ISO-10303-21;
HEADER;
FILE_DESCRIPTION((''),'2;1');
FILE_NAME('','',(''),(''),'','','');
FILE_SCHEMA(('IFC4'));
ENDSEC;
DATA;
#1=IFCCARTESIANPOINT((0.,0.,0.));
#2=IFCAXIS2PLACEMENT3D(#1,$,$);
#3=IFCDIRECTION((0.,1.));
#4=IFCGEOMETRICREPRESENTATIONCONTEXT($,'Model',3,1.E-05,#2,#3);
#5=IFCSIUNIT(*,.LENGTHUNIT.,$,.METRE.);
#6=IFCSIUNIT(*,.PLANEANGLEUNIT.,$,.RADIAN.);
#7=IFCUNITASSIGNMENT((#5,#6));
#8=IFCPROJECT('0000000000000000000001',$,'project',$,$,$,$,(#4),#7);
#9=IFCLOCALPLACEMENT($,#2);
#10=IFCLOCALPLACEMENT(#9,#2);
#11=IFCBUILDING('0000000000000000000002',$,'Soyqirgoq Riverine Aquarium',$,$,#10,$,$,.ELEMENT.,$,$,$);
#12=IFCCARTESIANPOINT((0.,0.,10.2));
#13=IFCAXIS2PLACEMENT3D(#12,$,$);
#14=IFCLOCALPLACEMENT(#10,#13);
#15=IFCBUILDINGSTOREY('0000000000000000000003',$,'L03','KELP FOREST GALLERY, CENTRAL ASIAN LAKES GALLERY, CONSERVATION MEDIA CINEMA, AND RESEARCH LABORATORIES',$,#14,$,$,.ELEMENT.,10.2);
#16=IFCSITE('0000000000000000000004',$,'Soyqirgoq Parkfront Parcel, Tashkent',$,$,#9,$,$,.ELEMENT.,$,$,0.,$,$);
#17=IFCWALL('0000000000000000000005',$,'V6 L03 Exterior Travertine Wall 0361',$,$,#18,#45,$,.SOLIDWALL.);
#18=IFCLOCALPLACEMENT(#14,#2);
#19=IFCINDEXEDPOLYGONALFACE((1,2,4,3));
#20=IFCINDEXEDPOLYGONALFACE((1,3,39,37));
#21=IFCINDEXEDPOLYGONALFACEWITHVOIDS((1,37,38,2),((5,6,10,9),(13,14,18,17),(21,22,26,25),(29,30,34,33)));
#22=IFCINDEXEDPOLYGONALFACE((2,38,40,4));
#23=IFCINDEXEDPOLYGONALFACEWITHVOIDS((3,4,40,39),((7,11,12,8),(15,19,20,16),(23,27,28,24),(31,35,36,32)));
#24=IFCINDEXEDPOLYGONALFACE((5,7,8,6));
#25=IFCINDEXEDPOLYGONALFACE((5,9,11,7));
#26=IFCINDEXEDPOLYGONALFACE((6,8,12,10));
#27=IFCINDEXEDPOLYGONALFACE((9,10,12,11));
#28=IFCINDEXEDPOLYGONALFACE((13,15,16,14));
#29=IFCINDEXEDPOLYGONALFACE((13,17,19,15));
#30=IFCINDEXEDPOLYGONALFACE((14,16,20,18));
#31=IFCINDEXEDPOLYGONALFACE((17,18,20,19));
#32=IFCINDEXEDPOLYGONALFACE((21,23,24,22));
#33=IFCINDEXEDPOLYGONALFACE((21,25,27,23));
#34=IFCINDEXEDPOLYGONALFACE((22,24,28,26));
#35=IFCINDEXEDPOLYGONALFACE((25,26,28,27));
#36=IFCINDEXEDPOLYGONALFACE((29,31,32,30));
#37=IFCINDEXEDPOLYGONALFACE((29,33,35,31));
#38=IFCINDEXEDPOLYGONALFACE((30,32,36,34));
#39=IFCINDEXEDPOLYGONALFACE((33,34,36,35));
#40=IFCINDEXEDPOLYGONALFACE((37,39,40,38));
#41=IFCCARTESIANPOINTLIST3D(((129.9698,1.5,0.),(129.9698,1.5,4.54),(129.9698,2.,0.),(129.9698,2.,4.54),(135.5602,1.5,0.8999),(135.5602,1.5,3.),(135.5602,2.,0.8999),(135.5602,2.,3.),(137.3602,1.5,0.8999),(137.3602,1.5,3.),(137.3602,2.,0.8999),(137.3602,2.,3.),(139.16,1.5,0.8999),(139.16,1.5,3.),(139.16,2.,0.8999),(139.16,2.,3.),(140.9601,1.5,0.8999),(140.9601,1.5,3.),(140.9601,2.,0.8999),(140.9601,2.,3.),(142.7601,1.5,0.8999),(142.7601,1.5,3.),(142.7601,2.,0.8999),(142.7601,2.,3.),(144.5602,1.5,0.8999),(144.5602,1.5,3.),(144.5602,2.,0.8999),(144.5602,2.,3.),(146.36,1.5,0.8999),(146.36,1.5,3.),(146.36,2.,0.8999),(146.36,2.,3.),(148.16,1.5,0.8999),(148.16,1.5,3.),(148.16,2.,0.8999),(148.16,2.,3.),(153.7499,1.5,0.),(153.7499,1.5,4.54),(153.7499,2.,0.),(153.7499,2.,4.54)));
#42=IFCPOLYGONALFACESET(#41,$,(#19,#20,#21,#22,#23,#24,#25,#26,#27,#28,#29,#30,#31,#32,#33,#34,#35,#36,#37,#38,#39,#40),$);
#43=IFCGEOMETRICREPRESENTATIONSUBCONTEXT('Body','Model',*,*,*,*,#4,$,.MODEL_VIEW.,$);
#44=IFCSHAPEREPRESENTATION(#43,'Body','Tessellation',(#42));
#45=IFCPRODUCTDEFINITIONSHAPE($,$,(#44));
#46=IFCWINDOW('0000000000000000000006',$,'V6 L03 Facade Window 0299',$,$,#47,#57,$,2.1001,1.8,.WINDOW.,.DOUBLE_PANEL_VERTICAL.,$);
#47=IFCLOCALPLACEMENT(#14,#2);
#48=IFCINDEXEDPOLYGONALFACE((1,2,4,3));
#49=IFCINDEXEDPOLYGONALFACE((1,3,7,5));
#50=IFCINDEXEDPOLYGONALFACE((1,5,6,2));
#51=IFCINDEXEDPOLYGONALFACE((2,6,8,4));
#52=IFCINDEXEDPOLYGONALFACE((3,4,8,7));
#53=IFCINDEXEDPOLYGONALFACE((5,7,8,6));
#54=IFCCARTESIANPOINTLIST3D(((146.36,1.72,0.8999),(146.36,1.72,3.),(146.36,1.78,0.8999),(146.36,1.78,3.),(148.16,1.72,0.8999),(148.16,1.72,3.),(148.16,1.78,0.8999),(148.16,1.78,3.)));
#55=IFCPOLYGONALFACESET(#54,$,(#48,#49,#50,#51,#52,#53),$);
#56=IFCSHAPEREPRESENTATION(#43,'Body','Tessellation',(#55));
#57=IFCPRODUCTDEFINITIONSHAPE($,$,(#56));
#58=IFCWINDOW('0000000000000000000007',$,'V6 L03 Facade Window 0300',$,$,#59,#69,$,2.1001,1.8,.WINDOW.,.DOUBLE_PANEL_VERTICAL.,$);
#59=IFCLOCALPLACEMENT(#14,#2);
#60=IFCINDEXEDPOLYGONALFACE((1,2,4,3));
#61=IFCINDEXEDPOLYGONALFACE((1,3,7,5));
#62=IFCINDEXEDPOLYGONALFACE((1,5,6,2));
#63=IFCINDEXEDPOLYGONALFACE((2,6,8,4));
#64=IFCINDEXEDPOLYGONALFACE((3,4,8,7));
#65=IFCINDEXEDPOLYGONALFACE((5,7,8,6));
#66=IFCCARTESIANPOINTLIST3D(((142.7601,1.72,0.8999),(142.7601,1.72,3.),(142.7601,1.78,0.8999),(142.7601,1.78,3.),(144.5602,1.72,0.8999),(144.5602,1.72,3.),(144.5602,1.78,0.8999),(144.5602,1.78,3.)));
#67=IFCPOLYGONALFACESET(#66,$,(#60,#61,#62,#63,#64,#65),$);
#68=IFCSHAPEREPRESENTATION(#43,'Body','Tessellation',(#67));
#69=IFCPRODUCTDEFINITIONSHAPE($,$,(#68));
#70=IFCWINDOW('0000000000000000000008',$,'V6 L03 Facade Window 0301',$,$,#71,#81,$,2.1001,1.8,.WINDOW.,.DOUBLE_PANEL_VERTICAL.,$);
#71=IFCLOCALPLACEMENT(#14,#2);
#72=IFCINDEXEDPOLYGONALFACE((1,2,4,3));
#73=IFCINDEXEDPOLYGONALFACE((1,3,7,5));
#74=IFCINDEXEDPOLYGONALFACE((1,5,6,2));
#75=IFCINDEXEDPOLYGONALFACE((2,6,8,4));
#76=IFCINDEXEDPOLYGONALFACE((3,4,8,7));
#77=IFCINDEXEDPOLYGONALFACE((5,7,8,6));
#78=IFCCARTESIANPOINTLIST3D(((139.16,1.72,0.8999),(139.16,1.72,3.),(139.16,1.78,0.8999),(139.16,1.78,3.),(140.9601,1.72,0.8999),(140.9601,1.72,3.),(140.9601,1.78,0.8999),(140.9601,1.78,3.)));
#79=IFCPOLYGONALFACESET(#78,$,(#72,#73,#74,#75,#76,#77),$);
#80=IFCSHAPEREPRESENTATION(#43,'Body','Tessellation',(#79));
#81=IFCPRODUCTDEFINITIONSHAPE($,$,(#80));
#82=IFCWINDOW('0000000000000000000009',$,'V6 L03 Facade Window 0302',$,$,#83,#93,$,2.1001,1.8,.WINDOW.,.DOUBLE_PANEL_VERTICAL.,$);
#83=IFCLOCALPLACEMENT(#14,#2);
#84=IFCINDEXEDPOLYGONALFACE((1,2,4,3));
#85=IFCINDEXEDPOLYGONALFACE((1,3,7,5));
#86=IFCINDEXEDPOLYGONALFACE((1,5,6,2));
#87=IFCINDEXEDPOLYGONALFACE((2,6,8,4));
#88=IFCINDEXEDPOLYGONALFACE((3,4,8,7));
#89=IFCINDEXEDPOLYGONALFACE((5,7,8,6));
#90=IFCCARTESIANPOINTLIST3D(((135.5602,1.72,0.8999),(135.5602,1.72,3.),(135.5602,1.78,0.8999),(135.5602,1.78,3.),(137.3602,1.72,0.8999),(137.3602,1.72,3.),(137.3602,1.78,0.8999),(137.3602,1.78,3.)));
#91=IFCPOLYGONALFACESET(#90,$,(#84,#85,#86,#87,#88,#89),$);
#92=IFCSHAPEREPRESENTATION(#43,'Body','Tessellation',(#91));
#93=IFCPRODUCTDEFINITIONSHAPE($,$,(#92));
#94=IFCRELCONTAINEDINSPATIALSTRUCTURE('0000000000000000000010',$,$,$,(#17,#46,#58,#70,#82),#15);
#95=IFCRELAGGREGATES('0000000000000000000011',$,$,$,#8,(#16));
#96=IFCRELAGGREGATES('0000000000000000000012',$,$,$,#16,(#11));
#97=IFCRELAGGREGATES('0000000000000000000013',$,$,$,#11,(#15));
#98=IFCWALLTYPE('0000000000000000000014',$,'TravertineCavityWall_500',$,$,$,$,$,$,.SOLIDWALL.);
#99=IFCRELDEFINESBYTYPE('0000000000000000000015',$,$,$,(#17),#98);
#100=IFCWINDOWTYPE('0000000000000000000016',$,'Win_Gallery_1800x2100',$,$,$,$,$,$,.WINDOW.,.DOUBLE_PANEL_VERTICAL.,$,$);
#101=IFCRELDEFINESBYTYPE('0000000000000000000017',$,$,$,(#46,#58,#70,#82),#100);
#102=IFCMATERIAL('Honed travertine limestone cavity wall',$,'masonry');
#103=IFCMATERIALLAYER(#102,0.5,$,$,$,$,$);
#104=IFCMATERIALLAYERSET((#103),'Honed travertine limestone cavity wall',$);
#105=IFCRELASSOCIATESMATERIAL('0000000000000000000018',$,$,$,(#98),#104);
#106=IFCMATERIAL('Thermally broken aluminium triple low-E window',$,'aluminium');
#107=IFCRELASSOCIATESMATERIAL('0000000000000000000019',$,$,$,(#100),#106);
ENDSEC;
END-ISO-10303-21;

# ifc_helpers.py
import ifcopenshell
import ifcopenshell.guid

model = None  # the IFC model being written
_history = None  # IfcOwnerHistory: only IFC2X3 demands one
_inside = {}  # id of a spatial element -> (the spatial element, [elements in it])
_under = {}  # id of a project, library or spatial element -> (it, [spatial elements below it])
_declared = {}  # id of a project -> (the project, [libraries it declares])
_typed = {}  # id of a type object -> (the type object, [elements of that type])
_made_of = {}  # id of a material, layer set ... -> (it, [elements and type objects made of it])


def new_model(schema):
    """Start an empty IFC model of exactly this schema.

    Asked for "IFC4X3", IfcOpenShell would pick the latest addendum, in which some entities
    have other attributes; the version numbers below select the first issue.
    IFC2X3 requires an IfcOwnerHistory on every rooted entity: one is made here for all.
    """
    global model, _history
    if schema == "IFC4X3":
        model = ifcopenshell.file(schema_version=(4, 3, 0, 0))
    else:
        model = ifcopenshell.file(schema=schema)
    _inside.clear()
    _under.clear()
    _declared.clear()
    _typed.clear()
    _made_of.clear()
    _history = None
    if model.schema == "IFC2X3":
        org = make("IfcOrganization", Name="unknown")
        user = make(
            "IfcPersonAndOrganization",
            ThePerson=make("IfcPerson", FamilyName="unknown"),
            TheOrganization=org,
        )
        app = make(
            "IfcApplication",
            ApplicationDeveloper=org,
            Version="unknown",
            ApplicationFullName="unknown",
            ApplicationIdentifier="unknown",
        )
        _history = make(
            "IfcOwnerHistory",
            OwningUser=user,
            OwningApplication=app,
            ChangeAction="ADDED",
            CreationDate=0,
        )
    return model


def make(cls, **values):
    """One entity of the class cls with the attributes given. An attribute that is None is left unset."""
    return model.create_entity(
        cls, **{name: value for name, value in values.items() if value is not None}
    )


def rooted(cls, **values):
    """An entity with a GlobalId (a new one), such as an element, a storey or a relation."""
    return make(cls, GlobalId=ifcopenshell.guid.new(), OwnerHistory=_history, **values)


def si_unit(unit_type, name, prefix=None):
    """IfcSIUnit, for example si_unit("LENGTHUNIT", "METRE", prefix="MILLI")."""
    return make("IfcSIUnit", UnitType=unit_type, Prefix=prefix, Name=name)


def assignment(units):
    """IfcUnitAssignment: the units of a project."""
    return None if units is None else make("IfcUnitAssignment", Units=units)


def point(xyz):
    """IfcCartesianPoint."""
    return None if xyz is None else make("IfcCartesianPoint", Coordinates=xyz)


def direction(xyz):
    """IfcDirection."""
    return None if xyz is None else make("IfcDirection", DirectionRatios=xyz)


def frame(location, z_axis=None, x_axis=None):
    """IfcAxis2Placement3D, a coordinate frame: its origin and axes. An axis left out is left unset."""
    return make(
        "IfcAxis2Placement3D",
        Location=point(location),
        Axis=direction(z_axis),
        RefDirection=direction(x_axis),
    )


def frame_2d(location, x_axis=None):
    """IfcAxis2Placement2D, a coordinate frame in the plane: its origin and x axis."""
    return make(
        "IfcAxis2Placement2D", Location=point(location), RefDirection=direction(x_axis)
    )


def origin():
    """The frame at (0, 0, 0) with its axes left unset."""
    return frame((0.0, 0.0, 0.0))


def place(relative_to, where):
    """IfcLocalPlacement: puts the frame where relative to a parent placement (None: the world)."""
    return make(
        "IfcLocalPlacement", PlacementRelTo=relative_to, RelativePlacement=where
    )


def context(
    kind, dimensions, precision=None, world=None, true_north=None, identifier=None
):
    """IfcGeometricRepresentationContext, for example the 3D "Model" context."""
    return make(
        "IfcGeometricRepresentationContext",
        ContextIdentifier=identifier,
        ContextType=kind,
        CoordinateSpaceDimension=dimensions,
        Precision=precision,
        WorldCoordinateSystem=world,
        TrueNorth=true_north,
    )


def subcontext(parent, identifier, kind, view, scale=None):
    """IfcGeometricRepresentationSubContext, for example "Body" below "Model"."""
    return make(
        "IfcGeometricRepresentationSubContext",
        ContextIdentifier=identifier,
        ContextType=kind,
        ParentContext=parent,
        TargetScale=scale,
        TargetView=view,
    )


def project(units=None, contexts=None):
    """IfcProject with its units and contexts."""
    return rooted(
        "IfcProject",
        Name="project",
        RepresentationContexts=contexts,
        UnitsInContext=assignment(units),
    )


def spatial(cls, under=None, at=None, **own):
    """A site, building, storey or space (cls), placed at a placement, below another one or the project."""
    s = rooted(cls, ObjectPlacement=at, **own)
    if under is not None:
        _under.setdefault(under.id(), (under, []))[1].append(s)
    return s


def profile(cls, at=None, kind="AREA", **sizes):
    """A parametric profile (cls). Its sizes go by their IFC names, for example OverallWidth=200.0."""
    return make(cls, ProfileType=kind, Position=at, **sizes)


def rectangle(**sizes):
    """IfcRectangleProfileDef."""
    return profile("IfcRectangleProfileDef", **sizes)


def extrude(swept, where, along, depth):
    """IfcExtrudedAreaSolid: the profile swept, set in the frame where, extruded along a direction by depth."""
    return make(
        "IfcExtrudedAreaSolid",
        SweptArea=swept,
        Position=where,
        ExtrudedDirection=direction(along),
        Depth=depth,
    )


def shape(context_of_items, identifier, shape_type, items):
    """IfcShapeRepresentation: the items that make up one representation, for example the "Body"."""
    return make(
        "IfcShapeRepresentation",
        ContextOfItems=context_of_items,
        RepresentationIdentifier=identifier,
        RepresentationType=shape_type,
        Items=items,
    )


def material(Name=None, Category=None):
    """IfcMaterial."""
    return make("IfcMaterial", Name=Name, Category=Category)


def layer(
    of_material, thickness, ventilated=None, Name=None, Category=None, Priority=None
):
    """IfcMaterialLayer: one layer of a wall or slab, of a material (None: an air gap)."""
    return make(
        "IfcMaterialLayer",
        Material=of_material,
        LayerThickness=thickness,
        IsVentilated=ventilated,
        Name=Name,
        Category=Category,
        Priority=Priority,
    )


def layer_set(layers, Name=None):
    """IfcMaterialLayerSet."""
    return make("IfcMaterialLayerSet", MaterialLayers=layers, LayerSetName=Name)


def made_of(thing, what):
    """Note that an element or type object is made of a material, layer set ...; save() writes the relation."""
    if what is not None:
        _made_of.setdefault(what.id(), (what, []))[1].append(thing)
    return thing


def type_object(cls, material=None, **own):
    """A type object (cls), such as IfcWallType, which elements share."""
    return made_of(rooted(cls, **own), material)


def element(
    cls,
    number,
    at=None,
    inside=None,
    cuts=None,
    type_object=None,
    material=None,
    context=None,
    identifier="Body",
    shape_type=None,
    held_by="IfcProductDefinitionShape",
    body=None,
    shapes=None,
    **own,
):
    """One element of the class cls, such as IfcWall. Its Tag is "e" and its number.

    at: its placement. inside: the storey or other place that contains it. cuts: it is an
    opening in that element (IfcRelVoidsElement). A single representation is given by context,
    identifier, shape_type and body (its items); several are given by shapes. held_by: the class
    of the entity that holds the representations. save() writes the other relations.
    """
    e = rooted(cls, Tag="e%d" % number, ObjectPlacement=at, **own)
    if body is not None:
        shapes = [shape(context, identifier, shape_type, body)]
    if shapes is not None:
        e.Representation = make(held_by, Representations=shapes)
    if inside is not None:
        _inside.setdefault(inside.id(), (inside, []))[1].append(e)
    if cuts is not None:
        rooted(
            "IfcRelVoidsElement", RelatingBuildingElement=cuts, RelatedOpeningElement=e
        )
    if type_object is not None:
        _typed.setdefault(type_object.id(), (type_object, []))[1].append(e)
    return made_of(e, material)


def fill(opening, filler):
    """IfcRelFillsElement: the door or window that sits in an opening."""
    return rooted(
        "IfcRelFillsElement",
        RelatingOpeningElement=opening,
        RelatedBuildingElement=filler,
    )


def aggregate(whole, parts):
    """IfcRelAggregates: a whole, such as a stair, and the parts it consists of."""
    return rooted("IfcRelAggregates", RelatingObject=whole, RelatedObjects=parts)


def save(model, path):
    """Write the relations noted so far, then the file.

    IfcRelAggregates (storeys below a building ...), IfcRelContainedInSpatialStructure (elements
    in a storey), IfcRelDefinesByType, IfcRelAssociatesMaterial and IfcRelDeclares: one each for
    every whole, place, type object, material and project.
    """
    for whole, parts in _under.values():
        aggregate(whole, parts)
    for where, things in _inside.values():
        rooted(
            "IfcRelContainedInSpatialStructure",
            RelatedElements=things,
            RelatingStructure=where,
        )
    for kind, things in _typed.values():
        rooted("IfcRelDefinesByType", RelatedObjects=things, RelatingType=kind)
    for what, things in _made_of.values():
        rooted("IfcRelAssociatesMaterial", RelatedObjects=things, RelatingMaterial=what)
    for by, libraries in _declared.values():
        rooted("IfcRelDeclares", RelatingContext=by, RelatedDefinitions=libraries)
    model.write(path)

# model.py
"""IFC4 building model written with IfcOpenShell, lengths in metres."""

from ifc_helpers import new_model, si_unit, direction, frame, frame_2d, origin, place, context, subcontext, project, spatial, rectangle, extrude, material, layer, layer_set, type_object, element, fill, save


model = new_model("IFC4")

# Units and contexts
model_context = context("Model", 3, precision=1e-05, world=origin(), true_north=direction((0.0, 1.0)))
body_context = subcontext(model_context, "Body", "Model", "MODEL_VIEW")
ifc_project = project(units=[si_unit("LENGTHUNIT", "METRE"), si_unit("PLANEANGLEUNIT", "RADIAN")], contexts=[model_context])

# Site, building, storey
site_placement = place(None, origin())
site = spatial("IfcSite", under=ifc_project, at=site_placement, Name="Soyqirgoq Parkfront Parcel, Tashkent", CompositionType="ELEMENT", RefElevation=0.0)
building_placement = place(site_placement, origin())
building = spatial("IfcBuilding", under=site, at=building_placement, Name="Soyqirgoq Riverine Aquarium", CompositionType="ELEMENT")
storey_placement = place(building_placement, frame((0.0, 0.0, 10.2)))
storey = spatial("IfcBuildingStorey", under=building, at=storey_placement, Name="L03", Description="KELP FOREST GALLERY, CENTRAL ASIAN LAKES GALLERY, CONSERVATION MEDIA CINEMA, AND RESEARCH LABORATORIES", CompositionType="ELEMENT", Elevation=10.2)

# Wall, openings, windows
ifc_material_1 = material(Name="Honed travertine limestone cavity wall", Category="masonry")
ifc_layer_1 = layer(ifc_material_1, 0.5)
ifc_layer_set_1 = layer_set([ifc_layer_1], Name="Honed travertine limestone cavity wall")
wall_type_1 = type_object("IfcWallType", Name="TravertineCavityWall_500", PredefinedType="SOLIDWALL", material=ifc_layer_set_1)
wall_1_placement = place(storey_placement, frame((153.75, 1.75, 0.0), z_axis=(0.0, 0.0, 1.0), x_axis=(-1.0, 0.0, 0.0)))
wall_1 = element("IfcWall", 1, at=wall_1_placement, inside=storey, type_object=wall_type_1, Name="V6 L03 Exterior Travertine Wall 0361", PredefinedType="SOLIDWALL", context=body_context, shape_type="SweptSolid", body=[
    extrude(rectangle(XDim=23.78, YDim=0.5, at=frame_2d((11.8901, 0.0))), origin(), (0.0, 0.0, 1.0), 4.54),
])
opening_1_placement = place(wall_1_placement, frame((5.5901, 0.0, 0.8999)))
opening_1 = element("IfcOpeningElement", 2, at=opening_1_placement, cuts=wall_1, PredefinedType="OPENING", context=body_context, shape_type="SweptSolid", body=[
    extrude(rectangle(XDim=1.8, YDim=2.1001, at=frame_2d((0.8999, 1.05))), frame((0.0, 0.26, 0.0), z_axis=(0.0, -1.0, 0.0), x_axis=(1.0, 0.0, 0.0)), (0.0, 0.0, 1.0), 0.52),
])
opening_2_placement = place(wall_1_placement, frame((9.1899, 0.0, 0.8999)))
opening_2 = element("IfcOpeningElement", 3, at=opening_2_placement, cuts=wall_1, PredefinedType="OPENING", context=body_context, shape_type="SweptSolid", body=[
    extrude(rectangle(XDim=1.8, YDim=2.1001, at=frame_2d((0.8999, 1.05))), frame((0.0, 0.26, 0.0), z_axis=(0.0, -1.0, 0.0), x_axis=(1.0, 0.0, 0.0)), (0.0, 0.0, 1.0), 0.52),
])
opening_3_placement = place(wall_1_placement, frame((12.79, 0.0, 0.8999)))
opening_3 = element("IfcOpeningElement", 4, at=opening_3_placement, cuts=wall_1, PredefinedType="OPENING", context=body_context, shape_type="SweptSolid", body=[
    extrude(rectangle(XDim=1.8, YDim=2.1001, at=frame_2d((0.8999, 1.05))), frame((0.0, 0.26, 0.0), z_axis=(0.0, -1.0, 0.0), x_axis=(1.0, 0.0, 0.0)), (0.0, 0.0, 1.0), 0.52),
])
opening_4_placement = place(wall_1_placement, frame((16.3899, 0.0, 0.8999)))
opening_4 = element("IfcOpeningElement", 5, at=opening_4_placement, cuts=wall_1, PredefinedType="OPENING", context=body_context, shape_type="SweptSolid", body=[
    extrude(rectangle(XDim=1.8, YDim=2.1001, at=frame_2d((0.8999, 1.05))), frame((0.0, 0.26, 0.0), z_axis=(0.0, -1.0, 0.0), x_axis=(1.0, 0.0, 0.0)), (0.0, 0.0, 1.0), 0.52),
])
ifc_material_2 = material(Name="Thermally broken aluminium triple low-E window", Category="aluminium")
window_type = type_object("IfcWindowType", Name="Win_Gallery_1800x2100", PartitioningType="DOUBLE_PANEL_VERTICAL", PredefinedType="WINDOW", material=ifc_material_2)
window_1_placement = place(opening_1_placement, origin())
window_1 = element("IfcWindow", 6, at=window_1_placement, inside=storey, type_object=window_type, Name="V6 L03 Facade Window 0299", OverallHeight=2.1001, OverallWidth=1.8, PartitioningType="DOUBLE_PANEL_VERTICAL", PredefinedType="WINDOW", context=body_context, shape_type="SweptSolid", body=[
    extrude(rectangle(XDim=1.8, YDim=2.1001, at=frame_2d((0.8999, 1.05))), frame((0.0, 0.03, 0.0), z_axis=(0.0, -1.0, 0.0), x_axis=(1.0, 0.0, 0.0)), (0.0, 0.0, 1.0), 0.0601),
])
fill(opening_1, window_1)
window_2_placement = place(opening_2_placement, origin())
window_2 = element("IfcWindow", 7, at=window_2_placement, inside=storey, type_object=window_type, Name="V6 L03 Facade Window 0300", OverallHeight=2.1001, OverallWidth=1.8, PartitioningType="DOUBLE_PANEL_VERTICAL", PredefinedType="WINDOW", context=body_context, shape_type="SweptSolid", body=[
    extrude(rectangle(XDim=1.8, YDim=2.1001, at=frame_2d((0.8999, 1.05))), frame((0.0, 0.03, 0.0), z_axis=(0.0, -1.0, 0.0), x_axis=(1.0, 0.0, 0.0)), (0.0, 0.0, 1.0), 0.0601),
])
fill(opening_2, window_2)
window_3_placement = place(opening_3_placement, origin())
window_3 = element("IfcWindow", 8, at=window_3_placement, inside=storey, type_object=window_type, Name="V6 L03 Facade Window 0301", OverallHeight=2.1001, OverallWidth=1.8, PartitioningType="DOUBLE_PANEL_VERTICAL", PredefinedType="WINDOW", context=body_context, shape_type="SweptSolid", body=[
    extrude(rectangle(XDim=1.8, YDim=2.1001, at=frame_2d((0.8999, 1.05))), frame((0.0, 0.03, 0.0), z_axis=(0.0, -1.0, 0.0), x_axis=(1.0, 0.0, 0.0)), (0.0, 0.0, 1.0), 0.0601),
])
fill(opening_3, window_3)
window_4_placement = place(opening_4_placement, origin())
window_4 = element("IfcWindow", 9, at=window_4_placement, inside=storey, type_object=window_type, Name="V6 L03 Facade Window 0302", OverallHeight=2.1001, OverallWidth=1.8, PartitioningType="DOUBLE_PANEL_VERTICAL", PredefinedType="WINDOW", context=body_context, shape_type="SweptSolid", body=[
    extrude(rectangle(XDim=1.8, YDim=2.1001, at=frame_2d((0.8999, 1.05))), frame((0.0, 0.03, 0.0), z_axis=(0.0, -1.0, 0.0), x_axis=(1.0, 0.0, 0.0)), (0.0, 0.0, 1.0), 0.0601),
])
fill(opening_4, window_4)

save(model, "model.ifc")
